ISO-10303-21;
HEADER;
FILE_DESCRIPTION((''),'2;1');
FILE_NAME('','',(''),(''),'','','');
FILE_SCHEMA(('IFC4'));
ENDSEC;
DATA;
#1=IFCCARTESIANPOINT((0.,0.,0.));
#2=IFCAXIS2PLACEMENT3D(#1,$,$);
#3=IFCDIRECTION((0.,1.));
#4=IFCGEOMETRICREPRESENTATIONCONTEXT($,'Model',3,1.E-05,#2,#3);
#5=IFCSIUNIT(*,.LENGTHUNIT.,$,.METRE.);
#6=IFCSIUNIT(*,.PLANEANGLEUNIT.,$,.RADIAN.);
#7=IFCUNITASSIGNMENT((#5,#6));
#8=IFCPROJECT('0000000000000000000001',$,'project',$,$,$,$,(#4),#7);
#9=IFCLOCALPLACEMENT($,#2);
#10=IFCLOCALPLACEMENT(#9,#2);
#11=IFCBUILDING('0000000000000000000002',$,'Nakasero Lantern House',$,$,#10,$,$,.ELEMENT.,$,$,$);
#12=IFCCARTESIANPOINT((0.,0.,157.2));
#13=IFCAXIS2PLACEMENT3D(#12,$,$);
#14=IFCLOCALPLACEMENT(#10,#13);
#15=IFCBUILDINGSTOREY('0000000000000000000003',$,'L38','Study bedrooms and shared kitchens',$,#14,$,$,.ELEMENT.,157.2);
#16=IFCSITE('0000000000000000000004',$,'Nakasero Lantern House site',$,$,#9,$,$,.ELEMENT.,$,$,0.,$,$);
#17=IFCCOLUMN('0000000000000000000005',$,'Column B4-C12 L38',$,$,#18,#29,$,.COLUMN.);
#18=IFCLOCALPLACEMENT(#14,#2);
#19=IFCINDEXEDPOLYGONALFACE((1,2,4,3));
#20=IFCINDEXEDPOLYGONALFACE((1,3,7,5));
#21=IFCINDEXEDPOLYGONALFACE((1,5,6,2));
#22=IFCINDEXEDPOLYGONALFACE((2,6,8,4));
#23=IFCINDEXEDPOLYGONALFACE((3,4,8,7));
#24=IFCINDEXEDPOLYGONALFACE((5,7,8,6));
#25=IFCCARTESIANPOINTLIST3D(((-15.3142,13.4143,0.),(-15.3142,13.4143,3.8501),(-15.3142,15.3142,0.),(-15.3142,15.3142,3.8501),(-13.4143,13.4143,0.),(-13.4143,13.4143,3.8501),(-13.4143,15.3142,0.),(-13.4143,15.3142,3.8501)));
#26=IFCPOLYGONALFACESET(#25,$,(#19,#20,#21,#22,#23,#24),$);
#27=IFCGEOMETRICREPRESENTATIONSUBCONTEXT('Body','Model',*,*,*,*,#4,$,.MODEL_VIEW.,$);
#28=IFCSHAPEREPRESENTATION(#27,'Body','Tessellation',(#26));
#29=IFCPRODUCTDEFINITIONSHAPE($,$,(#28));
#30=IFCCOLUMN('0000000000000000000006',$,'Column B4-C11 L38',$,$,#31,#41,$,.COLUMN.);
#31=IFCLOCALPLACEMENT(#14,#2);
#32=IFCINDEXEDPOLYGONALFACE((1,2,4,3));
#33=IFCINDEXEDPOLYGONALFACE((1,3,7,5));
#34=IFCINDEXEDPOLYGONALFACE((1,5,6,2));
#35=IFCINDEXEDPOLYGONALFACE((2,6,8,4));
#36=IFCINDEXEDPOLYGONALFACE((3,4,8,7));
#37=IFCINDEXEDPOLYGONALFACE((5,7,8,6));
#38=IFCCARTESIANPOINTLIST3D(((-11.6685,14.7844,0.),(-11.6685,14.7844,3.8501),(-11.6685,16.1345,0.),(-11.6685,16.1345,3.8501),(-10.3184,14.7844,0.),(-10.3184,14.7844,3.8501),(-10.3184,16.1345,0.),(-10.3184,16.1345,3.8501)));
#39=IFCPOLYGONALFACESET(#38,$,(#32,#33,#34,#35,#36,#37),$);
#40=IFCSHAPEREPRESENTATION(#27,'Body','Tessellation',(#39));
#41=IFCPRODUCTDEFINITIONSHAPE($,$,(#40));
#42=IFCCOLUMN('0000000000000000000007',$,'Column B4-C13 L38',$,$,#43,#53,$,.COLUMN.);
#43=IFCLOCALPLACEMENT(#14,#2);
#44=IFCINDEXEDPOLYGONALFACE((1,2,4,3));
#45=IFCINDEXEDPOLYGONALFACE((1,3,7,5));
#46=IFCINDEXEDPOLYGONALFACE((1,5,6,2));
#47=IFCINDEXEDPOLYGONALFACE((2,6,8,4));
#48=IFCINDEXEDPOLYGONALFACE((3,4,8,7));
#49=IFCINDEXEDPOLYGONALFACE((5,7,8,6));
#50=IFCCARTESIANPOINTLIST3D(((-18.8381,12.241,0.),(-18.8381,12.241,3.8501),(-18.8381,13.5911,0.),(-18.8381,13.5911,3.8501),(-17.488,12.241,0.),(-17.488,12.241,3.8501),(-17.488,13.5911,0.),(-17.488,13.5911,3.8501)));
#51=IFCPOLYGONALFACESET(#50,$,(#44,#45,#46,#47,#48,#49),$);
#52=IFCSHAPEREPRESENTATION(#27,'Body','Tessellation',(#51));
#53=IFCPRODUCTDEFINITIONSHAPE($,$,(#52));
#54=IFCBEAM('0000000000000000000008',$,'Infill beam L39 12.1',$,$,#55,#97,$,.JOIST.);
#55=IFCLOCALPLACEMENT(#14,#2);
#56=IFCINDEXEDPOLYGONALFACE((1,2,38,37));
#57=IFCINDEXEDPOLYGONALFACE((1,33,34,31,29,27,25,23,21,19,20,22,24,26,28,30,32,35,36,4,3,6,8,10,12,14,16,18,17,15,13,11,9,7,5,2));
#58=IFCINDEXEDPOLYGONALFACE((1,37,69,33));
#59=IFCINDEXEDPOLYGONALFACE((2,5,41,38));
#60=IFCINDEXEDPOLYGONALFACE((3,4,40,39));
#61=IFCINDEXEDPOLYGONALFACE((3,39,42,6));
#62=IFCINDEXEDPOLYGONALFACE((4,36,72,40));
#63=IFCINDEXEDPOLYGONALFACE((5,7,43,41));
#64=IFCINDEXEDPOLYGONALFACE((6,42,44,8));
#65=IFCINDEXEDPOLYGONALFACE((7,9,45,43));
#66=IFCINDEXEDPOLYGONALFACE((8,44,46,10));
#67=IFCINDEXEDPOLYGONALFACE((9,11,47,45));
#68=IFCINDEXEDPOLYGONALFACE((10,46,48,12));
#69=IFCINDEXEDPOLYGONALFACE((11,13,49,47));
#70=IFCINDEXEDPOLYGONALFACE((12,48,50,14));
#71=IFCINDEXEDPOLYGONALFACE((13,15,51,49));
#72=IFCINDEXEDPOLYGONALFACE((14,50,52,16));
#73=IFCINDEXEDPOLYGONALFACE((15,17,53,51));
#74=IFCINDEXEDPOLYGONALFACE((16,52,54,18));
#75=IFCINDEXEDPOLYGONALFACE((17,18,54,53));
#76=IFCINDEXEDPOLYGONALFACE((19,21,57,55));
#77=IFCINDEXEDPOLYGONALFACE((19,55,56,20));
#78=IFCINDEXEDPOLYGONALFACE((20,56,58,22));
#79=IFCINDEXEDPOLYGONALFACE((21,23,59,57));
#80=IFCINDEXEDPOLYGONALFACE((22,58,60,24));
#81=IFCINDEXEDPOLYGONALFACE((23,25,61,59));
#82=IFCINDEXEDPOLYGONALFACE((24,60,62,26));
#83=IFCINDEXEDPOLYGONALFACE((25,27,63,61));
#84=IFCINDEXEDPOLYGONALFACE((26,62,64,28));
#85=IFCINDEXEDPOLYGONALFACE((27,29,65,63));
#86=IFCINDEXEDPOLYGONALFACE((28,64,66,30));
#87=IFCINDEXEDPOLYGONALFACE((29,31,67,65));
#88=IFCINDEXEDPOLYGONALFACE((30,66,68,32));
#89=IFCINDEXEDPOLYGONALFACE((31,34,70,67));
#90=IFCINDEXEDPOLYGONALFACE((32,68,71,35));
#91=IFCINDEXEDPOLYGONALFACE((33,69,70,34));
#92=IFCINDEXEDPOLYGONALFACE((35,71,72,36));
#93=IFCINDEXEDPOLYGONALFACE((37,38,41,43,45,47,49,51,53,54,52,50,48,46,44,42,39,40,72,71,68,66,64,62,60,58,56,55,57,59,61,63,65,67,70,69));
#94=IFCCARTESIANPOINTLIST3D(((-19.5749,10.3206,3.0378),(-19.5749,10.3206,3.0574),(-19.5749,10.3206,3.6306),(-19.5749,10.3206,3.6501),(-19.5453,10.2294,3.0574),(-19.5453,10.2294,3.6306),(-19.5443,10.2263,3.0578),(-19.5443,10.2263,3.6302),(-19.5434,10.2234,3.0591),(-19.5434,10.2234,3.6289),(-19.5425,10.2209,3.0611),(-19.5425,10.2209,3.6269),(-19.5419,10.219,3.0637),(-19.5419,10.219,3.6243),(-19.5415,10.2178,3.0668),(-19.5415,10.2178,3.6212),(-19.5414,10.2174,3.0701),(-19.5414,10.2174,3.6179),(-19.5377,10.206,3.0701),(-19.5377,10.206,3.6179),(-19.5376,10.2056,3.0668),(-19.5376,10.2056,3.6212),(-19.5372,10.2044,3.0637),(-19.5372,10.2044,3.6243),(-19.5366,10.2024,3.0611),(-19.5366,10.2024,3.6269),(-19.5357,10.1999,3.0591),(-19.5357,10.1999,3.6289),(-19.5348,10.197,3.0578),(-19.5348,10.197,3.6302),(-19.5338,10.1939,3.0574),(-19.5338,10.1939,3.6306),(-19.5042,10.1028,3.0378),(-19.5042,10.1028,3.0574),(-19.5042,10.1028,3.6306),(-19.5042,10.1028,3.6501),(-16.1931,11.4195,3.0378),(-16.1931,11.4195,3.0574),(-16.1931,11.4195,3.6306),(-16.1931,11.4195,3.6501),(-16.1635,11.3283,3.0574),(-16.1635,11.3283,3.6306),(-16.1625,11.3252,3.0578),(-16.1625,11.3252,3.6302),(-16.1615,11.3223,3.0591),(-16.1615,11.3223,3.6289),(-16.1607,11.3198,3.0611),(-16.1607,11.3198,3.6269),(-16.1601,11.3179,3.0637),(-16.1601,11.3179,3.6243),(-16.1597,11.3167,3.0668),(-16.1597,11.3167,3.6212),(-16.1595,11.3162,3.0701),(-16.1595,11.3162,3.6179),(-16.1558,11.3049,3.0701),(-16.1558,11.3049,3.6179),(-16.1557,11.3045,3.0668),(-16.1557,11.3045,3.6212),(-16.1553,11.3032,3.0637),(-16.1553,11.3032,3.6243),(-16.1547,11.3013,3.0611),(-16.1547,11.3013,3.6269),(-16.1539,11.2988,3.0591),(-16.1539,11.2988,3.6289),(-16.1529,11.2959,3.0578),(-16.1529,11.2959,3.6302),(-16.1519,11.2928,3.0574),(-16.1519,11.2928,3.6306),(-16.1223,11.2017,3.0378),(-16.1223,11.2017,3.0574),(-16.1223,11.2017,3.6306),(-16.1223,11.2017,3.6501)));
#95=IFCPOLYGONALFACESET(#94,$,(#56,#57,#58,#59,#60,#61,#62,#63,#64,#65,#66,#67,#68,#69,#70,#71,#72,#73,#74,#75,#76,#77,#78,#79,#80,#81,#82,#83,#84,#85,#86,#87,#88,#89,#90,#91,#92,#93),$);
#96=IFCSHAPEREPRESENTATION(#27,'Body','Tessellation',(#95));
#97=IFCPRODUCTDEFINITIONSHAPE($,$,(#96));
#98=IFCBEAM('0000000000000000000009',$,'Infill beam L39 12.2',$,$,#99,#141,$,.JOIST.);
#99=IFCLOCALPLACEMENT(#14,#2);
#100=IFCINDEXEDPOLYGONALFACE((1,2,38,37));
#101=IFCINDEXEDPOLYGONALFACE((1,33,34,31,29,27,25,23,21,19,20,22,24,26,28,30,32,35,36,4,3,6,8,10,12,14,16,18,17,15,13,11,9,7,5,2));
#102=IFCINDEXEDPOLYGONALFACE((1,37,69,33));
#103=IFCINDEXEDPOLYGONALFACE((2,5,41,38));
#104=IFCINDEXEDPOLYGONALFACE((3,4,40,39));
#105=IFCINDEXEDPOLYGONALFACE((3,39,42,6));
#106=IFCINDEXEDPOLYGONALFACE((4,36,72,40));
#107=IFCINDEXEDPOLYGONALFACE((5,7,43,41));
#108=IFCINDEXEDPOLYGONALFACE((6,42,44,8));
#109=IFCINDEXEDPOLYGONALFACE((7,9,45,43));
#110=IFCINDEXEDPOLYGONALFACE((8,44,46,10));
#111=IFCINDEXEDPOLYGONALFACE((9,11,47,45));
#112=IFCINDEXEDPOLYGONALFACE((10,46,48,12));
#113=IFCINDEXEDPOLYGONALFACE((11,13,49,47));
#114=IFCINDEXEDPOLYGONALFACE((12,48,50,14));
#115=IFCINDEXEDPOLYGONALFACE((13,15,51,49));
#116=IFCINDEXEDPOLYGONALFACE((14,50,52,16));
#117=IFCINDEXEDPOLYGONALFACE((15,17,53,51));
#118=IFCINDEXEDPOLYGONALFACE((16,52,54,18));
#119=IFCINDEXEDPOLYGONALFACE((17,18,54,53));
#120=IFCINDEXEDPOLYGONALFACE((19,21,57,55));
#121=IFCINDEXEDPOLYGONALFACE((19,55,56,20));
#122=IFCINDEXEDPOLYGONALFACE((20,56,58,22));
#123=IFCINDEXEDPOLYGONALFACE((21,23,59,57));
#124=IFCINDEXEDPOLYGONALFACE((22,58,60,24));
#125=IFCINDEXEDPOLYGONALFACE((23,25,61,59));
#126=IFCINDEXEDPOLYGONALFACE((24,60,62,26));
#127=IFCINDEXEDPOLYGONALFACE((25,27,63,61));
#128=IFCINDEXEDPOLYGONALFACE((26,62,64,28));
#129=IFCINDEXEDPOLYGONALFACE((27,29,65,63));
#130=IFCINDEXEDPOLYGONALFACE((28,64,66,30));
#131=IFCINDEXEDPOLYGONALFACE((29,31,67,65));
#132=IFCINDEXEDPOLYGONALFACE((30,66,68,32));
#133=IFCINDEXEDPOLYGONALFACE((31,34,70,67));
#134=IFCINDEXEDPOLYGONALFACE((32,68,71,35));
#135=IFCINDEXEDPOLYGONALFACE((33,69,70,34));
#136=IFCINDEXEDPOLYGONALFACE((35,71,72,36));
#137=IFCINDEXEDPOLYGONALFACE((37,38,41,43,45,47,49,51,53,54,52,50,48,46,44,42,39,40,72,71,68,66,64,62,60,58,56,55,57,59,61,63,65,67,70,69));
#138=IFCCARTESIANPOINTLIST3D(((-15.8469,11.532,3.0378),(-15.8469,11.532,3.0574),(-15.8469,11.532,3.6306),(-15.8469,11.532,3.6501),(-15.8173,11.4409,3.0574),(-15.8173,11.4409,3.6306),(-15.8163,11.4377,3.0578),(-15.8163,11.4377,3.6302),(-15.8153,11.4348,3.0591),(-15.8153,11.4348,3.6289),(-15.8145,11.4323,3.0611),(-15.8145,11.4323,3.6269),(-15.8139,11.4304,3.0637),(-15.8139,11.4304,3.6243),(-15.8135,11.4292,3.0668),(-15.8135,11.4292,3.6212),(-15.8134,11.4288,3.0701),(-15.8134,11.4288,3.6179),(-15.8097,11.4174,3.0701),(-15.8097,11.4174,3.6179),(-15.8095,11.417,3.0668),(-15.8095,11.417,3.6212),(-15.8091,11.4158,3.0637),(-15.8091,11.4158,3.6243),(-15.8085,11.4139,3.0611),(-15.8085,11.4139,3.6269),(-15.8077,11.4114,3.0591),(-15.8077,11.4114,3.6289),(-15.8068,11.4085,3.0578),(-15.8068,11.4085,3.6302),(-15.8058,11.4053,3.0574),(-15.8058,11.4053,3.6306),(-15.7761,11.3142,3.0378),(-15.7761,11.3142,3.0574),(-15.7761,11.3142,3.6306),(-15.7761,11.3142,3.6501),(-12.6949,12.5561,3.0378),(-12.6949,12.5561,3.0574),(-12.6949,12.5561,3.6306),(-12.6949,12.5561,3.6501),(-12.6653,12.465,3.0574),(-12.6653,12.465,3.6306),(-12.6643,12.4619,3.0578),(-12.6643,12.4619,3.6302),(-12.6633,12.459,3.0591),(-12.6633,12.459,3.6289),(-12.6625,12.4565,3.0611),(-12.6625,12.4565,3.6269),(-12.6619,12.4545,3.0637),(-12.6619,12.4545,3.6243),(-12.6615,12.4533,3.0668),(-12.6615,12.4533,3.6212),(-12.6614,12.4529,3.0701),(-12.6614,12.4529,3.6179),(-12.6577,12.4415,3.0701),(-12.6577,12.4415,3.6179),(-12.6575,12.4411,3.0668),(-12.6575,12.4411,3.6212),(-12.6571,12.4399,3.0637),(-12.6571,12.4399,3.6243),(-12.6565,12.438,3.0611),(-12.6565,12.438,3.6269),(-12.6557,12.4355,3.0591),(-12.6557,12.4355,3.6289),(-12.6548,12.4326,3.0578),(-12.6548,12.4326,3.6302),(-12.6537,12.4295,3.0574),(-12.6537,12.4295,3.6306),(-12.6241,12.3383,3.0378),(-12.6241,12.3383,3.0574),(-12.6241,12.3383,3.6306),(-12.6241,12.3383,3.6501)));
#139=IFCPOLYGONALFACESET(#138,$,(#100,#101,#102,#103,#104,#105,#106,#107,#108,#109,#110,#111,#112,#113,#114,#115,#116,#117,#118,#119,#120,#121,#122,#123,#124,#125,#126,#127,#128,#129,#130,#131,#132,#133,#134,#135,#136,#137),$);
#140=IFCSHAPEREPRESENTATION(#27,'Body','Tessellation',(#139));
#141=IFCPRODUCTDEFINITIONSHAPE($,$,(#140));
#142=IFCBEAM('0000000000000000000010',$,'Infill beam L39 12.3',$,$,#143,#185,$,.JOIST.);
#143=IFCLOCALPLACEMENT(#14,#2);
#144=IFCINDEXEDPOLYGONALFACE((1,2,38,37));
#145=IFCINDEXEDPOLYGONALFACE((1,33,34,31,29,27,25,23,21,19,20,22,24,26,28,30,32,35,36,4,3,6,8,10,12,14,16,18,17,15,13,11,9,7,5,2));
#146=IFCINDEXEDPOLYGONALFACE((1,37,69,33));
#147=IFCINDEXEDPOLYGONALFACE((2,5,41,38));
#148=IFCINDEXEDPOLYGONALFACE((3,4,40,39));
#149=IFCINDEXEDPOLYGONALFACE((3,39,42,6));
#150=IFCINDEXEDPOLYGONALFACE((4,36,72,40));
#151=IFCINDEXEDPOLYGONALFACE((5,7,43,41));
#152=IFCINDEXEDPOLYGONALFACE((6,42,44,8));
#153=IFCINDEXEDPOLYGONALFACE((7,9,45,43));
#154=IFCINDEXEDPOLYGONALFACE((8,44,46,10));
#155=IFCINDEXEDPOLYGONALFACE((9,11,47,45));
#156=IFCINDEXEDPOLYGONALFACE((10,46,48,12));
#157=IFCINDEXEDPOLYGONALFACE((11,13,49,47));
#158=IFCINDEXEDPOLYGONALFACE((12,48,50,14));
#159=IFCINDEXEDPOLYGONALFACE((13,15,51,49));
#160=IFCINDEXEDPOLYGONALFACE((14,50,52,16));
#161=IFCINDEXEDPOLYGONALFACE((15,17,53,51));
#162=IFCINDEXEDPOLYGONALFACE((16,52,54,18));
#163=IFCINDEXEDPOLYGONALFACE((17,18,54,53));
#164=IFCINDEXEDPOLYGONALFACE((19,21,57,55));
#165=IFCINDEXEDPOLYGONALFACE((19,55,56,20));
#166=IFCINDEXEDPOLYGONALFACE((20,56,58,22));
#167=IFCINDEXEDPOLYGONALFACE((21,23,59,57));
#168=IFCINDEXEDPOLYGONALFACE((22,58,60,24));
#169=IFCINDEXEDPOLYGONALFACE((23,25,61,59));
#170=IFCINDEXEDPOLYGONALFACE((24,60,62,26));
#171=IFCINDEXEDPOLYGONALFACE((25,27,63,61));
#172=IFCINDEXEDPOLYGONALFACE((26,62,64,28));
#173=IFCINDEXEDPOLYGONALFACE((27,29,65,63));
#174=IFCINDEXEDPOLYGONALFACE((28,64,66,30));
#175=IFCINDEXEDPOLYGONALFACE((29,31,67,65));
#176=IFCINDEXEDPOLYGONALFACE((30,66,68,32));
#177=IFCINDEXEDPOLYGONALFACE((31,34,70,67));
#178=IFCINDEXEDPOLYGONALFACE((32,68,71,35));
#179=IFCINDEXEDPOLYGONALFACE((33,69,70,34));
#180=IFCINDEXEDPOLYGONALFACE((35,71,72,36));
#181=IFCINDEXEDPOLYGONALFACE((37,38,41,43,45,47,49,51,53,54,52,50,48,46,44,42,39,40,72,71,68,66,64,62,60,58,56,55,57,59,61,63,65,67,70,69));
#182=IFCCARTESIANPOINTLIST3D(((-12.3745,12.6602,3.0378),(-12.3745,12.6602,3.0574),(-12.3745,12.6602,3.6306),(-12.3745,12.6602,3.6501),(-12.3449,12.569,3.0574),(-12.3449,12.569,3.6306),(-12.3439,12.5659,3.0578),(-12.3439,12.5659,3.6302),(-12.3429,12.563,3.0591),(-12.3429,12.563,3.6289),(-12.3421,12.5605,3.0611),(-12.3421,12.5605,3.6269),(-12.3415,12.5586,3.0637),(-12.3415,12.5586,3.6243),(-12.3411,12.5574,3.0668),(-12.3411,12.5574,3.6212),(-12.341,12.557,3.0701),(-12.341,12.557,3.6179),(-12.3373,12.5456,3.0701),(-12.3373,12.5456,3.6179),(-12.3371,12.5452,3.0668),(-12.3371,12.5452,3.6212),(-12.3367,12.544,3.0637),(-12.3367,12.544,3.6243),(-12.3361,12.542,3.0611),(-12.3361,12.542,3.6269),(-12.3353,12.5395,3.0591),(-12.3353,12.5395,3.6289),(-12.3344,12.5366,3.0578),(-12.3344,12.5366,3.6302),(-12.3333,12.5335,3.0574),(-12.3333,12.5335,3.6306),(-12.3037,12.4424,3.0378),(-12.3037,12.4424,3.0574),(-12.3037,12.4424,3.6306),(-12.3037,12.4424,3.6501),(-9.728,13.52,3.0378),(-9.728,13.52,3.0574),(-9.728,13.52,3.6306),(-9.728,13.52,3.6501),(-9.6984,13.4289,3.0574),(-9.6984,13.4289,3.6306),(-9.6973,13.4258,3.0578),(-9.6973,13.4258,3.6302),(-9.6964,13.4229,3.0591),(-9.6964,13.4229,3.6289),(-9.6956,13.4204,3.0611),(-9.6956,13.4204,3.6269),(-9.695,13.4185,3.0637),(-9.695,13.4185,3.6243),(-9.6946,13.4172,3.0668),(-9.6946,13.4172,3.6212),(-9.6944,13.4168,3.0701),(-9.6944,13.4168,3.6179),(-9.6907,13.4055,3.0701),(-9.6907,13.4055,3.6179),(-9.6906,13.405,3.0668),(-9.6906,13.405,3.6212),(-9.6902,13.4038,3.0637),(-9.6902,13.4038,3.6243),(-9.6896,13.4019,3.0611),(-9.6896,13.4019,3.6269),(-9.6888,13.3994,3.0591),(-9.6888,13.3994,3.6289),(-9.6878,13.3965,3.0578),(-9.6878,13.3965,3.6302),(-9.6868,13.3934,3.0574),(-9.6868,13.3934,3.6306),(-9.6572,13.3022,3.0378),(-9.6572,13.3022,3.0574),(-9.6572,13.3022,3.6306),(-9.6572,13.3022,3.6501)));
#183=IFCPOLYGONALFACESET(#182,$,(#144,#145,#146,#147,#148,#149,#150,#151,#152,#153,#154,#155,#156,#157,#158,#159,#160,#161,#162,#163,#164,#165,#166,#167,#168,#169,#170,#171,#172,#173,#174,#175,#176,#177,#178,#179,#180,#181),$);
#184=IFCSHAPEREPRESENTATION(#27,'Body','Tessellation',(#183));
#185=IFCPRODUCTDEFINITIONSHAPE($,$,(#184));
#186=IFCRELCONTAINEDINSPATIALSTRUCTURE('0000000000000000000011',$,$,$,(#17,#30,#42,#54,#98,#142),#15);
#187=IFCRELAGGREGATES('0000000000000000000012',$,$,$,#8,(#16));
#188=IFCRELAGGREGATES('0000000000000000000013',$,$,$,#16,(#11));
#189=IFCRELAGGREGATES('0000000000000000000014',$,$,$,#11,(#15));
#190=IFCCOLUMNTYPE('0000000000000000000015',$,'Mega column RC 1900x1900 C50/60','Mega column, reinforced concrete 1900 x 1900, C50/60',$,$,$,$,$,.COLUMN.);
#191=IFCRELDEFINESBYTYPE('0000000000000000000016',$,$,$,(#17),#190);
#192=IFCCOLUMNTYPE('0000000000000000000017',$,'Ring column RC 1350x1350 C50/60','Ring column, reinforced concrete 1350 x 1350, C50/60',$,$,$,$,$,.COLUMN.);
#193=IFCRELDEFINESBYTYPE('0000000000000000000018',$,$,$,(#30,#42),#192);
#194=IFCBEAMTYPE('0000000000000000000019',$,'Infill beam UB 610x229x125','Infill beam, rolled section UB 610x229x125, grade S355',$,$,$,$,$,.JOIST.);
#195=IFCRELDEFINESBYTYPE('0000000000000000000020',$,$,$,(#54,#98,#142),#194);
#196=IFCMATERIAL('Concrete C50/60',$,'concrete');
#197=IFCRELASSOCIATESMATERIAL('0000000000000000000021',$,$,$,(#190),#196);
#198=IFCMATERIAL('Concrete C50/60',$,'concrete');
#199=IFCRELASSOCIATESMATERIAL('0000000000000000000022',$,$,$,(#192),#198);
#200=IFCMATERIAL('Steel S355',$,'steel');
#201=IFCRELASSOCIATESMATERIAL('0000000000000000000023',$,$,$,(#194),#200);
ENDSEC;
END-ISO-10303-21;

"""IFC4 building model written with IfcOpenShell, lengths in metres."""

from ifc_helpers import new_model, si_unit, direction, frame, origin, origin_2d, place, context, subcontext, project, spatial, rectangle, i_section, extrude, material, material_profile, profile_set, type_object, element, save


model = new_model("IFC4")

# Units and contexts
model_context = context("Model", 3, precision=1e-05, world=origin(), true_north=direction((0.0, 1.0)))
body_context = subcontext(model_context, "Body", "Model", "MODEL_VIEW")
ifc_project = project(units=[si_unit("LENGTHUNIT", "METRE"), si_unit("PLANEANGLEUNIT", "RADIAN")], contexts=[model_context])

# Site, building, storey
site_placement = place(None, origin())
site = spatial("IfcSite", under=ifc_project, at=site_placement, Name="Nakasero Lantern House site", CompositionType="ELEMENT", RefElevation=0.0)
building_placement = place(site_placement, origin())
building = spatial("IfcBuilding", under=site, at=building_placement, Name="Nakasero Lantern House", CompositionType="ELEMENT")
storey_placement = place(building_placement, frame((0.0, 0.0, 157.2)))
storey = spatial("IfcBuildingStorey", under=building, at=storey_placement, Name="L38", Description="Study bedrooms and shared kitchens", CompositionType="ELEMENT", Elevation=157.2)

# Columns
ifc_material_1 = material(Name="Concrete C50/60", Category="concrete")
ifc_material_profile_1 = material_profile(ifc_material_1, rectangle(XDim=1.8999, YDim=1.8999, at=origin_2d()), Name="RC 1900x1900")
ifc_profile_set_1 = profile_set([ifc_material_profile_1], Name="Concrete C50/60")
column_type_1 = type_object("IfcColumnType", Name="Mega column RC 1900x1900 C50/60", Description="Mega column, reinforced concrete 1900 x 1900, C50/60", PredefinedType="COLUMN", material=ifc_profile_set_1)
column_placement = place(storey_placement, frame((-14.3643, 14.3643, 0.0), z_axis=(0.0, 0.0, 1.0), x_axis=(1.0, 0.0, 0.0)))
element("IfcColumn", 1, at=column_placement, inside=storey, type_object=column_type_1, Name="Column B4-C12 L38", PredefinedType="COLUMN", context=body_context, shape_type="SweptSolid", body=[
    extrude(rectangle(XDim=1.8999, YDim=1.8999, at=origin_2d()), origin(), (0.0, 0.0, 1.0), 3.8501),
])
ifc_material_2 = material(Name="Concrete C50/60", Category="concrete")
ifc_material_profile_2 = material_profile(ifc_material_2, rectangle(XDim=1.3501, YDim=1.3501, at=origin_2d()), Name="RC 1350x1350")
ifc_profile_set_2 = profile_set([ifc_material_profile_2], Name="Concrete C50/60")
column_type_2 = type_object("IfcColumnType", Name="Ring column RC 1350x1350 C50/60", Description="Ring column, reinforced concrete 1350 x 1350, C50/60", PredefinedType="COLUMN", material=ifc_profile_set_2)
for number, where, z_axis, x_axis, name in (
    (2, (-10.9934, 15.4595, 0.0), (0.0, 0.0, 1.0), (1.0, 0.0, 0.0), "Column B4-C11 L38"),
    (3, (-18.1631, 12.916, 0.0), (0.0, 0.0, 1.0), (1.0, 0.0, 0.0), "Column B4-C13 L38"),
):
    element("IfcColumn", number, at=place(storey_placement, frame(where, z_axis=z_axis, x_axis=x_axis)), inside=storey, type_object=column_type_2, Name=name, PredefinedType="COLUMN", context=body_context, shape_type="SweptSolid", body=[
        extrude(rectangle(XDim=1.3501, YDim=1.3501, at=origin_2d()), origin(), (0.0, 0.0, 1.0), 3.8501),
    ])

# Beams
ifc_material_3 = material(Name="Steel S355", Category="steel")
ifc_material_profile_3 = material_profile(ifc_material_3, i_section(OverallWidth=0.229, OverallDepth=0.6123, WebThickness=0.012, FlangeThickness=0.0195, FilletRadius=0.0127, at=origin_2d()), Name="UB 610x229x125")
ifc_profile_set_3 = profile_set([ifc_material_profile_3], Name="Steel S355")
beam_type_1 = type_object("IfcBeamType", Name="Infill beam UB 610x229x125", Description="Infill beam, rolled section UB 610x229x125, grade S355", PredefinedType="JOIST", material=ifc_profile_set_3)
beam_1_placement = place(storey_placement, frame((-19.5396, 10.2117, 3.344), z_axis=(0.951052, 0.30903, 0.0), x_axis=(-0.30903, 0.951052, 0.0)))
element("IfcBeam", 4, at=beam_1_placement, inside=storey, type_object=beam_type_1, Name="Infill beam L39 12.1", PredefinedType="JOIST", context=body_context, shape_type="SweptSolid", body=[
    extrude(i_section(OverallWidth=0.229, OverallDepth=0.6123, WebThickness=0.012, FlangeThickness=0.0195, FilletRadius=0.0127, at=origin_2d()), origin(), (0.0, 0.0, 1.0), 3.5559),
])
beam_2_placement = place(storey_placement, frame((-15.8115, 11.4231, 3.344), z_axis=(0.951057, 0.309014, 0.0), x_axis=(-0.309014, 0.951057, 0.0)))
element("IfcBeam", 5, at=beam_2_placement, inside=storey, type_object=beam_type_1, Name="Infill beam L39 12.2", PredefinedType="JOIST", context=body_context, shape_type="SweptSolid", body=[
    extrude(i_section(OverallWidth=0.229, OverallDepth=0.6123, WebThickness=0.012, FlangeThickness=0.0195, FilletRadius=0.0127, at=origin_2d()), origin(), (0.0, 0.0, 1.0), 3.3142),
])
beam_3_placement = place(storey_placement, frame((-12.3391, 12.5513, 3.344), z_axis=(0.95106, 0.309007, 0.0), x_axis=(-0.309007, 0.95106, 0.0)))
element("IfcBeam", 6, at=beam_3_placement, inside=storey, type_object=beam_type_1, Name="Infill beam L39 12.3", PredefinedType="JOIST", context=body_context, shape_type="SweptSolid", body=[
    extrude(i_section(OverallWidth=0.229, OverallDepth=0.6123, WebThickness=0.012, FlangeThickness=0.0195, FilletRadius=0.0127, at=origin_2d()), origin(), (0.0, 0.0, 1.0), 2.7827),
])

save(model, "model.ifc")
